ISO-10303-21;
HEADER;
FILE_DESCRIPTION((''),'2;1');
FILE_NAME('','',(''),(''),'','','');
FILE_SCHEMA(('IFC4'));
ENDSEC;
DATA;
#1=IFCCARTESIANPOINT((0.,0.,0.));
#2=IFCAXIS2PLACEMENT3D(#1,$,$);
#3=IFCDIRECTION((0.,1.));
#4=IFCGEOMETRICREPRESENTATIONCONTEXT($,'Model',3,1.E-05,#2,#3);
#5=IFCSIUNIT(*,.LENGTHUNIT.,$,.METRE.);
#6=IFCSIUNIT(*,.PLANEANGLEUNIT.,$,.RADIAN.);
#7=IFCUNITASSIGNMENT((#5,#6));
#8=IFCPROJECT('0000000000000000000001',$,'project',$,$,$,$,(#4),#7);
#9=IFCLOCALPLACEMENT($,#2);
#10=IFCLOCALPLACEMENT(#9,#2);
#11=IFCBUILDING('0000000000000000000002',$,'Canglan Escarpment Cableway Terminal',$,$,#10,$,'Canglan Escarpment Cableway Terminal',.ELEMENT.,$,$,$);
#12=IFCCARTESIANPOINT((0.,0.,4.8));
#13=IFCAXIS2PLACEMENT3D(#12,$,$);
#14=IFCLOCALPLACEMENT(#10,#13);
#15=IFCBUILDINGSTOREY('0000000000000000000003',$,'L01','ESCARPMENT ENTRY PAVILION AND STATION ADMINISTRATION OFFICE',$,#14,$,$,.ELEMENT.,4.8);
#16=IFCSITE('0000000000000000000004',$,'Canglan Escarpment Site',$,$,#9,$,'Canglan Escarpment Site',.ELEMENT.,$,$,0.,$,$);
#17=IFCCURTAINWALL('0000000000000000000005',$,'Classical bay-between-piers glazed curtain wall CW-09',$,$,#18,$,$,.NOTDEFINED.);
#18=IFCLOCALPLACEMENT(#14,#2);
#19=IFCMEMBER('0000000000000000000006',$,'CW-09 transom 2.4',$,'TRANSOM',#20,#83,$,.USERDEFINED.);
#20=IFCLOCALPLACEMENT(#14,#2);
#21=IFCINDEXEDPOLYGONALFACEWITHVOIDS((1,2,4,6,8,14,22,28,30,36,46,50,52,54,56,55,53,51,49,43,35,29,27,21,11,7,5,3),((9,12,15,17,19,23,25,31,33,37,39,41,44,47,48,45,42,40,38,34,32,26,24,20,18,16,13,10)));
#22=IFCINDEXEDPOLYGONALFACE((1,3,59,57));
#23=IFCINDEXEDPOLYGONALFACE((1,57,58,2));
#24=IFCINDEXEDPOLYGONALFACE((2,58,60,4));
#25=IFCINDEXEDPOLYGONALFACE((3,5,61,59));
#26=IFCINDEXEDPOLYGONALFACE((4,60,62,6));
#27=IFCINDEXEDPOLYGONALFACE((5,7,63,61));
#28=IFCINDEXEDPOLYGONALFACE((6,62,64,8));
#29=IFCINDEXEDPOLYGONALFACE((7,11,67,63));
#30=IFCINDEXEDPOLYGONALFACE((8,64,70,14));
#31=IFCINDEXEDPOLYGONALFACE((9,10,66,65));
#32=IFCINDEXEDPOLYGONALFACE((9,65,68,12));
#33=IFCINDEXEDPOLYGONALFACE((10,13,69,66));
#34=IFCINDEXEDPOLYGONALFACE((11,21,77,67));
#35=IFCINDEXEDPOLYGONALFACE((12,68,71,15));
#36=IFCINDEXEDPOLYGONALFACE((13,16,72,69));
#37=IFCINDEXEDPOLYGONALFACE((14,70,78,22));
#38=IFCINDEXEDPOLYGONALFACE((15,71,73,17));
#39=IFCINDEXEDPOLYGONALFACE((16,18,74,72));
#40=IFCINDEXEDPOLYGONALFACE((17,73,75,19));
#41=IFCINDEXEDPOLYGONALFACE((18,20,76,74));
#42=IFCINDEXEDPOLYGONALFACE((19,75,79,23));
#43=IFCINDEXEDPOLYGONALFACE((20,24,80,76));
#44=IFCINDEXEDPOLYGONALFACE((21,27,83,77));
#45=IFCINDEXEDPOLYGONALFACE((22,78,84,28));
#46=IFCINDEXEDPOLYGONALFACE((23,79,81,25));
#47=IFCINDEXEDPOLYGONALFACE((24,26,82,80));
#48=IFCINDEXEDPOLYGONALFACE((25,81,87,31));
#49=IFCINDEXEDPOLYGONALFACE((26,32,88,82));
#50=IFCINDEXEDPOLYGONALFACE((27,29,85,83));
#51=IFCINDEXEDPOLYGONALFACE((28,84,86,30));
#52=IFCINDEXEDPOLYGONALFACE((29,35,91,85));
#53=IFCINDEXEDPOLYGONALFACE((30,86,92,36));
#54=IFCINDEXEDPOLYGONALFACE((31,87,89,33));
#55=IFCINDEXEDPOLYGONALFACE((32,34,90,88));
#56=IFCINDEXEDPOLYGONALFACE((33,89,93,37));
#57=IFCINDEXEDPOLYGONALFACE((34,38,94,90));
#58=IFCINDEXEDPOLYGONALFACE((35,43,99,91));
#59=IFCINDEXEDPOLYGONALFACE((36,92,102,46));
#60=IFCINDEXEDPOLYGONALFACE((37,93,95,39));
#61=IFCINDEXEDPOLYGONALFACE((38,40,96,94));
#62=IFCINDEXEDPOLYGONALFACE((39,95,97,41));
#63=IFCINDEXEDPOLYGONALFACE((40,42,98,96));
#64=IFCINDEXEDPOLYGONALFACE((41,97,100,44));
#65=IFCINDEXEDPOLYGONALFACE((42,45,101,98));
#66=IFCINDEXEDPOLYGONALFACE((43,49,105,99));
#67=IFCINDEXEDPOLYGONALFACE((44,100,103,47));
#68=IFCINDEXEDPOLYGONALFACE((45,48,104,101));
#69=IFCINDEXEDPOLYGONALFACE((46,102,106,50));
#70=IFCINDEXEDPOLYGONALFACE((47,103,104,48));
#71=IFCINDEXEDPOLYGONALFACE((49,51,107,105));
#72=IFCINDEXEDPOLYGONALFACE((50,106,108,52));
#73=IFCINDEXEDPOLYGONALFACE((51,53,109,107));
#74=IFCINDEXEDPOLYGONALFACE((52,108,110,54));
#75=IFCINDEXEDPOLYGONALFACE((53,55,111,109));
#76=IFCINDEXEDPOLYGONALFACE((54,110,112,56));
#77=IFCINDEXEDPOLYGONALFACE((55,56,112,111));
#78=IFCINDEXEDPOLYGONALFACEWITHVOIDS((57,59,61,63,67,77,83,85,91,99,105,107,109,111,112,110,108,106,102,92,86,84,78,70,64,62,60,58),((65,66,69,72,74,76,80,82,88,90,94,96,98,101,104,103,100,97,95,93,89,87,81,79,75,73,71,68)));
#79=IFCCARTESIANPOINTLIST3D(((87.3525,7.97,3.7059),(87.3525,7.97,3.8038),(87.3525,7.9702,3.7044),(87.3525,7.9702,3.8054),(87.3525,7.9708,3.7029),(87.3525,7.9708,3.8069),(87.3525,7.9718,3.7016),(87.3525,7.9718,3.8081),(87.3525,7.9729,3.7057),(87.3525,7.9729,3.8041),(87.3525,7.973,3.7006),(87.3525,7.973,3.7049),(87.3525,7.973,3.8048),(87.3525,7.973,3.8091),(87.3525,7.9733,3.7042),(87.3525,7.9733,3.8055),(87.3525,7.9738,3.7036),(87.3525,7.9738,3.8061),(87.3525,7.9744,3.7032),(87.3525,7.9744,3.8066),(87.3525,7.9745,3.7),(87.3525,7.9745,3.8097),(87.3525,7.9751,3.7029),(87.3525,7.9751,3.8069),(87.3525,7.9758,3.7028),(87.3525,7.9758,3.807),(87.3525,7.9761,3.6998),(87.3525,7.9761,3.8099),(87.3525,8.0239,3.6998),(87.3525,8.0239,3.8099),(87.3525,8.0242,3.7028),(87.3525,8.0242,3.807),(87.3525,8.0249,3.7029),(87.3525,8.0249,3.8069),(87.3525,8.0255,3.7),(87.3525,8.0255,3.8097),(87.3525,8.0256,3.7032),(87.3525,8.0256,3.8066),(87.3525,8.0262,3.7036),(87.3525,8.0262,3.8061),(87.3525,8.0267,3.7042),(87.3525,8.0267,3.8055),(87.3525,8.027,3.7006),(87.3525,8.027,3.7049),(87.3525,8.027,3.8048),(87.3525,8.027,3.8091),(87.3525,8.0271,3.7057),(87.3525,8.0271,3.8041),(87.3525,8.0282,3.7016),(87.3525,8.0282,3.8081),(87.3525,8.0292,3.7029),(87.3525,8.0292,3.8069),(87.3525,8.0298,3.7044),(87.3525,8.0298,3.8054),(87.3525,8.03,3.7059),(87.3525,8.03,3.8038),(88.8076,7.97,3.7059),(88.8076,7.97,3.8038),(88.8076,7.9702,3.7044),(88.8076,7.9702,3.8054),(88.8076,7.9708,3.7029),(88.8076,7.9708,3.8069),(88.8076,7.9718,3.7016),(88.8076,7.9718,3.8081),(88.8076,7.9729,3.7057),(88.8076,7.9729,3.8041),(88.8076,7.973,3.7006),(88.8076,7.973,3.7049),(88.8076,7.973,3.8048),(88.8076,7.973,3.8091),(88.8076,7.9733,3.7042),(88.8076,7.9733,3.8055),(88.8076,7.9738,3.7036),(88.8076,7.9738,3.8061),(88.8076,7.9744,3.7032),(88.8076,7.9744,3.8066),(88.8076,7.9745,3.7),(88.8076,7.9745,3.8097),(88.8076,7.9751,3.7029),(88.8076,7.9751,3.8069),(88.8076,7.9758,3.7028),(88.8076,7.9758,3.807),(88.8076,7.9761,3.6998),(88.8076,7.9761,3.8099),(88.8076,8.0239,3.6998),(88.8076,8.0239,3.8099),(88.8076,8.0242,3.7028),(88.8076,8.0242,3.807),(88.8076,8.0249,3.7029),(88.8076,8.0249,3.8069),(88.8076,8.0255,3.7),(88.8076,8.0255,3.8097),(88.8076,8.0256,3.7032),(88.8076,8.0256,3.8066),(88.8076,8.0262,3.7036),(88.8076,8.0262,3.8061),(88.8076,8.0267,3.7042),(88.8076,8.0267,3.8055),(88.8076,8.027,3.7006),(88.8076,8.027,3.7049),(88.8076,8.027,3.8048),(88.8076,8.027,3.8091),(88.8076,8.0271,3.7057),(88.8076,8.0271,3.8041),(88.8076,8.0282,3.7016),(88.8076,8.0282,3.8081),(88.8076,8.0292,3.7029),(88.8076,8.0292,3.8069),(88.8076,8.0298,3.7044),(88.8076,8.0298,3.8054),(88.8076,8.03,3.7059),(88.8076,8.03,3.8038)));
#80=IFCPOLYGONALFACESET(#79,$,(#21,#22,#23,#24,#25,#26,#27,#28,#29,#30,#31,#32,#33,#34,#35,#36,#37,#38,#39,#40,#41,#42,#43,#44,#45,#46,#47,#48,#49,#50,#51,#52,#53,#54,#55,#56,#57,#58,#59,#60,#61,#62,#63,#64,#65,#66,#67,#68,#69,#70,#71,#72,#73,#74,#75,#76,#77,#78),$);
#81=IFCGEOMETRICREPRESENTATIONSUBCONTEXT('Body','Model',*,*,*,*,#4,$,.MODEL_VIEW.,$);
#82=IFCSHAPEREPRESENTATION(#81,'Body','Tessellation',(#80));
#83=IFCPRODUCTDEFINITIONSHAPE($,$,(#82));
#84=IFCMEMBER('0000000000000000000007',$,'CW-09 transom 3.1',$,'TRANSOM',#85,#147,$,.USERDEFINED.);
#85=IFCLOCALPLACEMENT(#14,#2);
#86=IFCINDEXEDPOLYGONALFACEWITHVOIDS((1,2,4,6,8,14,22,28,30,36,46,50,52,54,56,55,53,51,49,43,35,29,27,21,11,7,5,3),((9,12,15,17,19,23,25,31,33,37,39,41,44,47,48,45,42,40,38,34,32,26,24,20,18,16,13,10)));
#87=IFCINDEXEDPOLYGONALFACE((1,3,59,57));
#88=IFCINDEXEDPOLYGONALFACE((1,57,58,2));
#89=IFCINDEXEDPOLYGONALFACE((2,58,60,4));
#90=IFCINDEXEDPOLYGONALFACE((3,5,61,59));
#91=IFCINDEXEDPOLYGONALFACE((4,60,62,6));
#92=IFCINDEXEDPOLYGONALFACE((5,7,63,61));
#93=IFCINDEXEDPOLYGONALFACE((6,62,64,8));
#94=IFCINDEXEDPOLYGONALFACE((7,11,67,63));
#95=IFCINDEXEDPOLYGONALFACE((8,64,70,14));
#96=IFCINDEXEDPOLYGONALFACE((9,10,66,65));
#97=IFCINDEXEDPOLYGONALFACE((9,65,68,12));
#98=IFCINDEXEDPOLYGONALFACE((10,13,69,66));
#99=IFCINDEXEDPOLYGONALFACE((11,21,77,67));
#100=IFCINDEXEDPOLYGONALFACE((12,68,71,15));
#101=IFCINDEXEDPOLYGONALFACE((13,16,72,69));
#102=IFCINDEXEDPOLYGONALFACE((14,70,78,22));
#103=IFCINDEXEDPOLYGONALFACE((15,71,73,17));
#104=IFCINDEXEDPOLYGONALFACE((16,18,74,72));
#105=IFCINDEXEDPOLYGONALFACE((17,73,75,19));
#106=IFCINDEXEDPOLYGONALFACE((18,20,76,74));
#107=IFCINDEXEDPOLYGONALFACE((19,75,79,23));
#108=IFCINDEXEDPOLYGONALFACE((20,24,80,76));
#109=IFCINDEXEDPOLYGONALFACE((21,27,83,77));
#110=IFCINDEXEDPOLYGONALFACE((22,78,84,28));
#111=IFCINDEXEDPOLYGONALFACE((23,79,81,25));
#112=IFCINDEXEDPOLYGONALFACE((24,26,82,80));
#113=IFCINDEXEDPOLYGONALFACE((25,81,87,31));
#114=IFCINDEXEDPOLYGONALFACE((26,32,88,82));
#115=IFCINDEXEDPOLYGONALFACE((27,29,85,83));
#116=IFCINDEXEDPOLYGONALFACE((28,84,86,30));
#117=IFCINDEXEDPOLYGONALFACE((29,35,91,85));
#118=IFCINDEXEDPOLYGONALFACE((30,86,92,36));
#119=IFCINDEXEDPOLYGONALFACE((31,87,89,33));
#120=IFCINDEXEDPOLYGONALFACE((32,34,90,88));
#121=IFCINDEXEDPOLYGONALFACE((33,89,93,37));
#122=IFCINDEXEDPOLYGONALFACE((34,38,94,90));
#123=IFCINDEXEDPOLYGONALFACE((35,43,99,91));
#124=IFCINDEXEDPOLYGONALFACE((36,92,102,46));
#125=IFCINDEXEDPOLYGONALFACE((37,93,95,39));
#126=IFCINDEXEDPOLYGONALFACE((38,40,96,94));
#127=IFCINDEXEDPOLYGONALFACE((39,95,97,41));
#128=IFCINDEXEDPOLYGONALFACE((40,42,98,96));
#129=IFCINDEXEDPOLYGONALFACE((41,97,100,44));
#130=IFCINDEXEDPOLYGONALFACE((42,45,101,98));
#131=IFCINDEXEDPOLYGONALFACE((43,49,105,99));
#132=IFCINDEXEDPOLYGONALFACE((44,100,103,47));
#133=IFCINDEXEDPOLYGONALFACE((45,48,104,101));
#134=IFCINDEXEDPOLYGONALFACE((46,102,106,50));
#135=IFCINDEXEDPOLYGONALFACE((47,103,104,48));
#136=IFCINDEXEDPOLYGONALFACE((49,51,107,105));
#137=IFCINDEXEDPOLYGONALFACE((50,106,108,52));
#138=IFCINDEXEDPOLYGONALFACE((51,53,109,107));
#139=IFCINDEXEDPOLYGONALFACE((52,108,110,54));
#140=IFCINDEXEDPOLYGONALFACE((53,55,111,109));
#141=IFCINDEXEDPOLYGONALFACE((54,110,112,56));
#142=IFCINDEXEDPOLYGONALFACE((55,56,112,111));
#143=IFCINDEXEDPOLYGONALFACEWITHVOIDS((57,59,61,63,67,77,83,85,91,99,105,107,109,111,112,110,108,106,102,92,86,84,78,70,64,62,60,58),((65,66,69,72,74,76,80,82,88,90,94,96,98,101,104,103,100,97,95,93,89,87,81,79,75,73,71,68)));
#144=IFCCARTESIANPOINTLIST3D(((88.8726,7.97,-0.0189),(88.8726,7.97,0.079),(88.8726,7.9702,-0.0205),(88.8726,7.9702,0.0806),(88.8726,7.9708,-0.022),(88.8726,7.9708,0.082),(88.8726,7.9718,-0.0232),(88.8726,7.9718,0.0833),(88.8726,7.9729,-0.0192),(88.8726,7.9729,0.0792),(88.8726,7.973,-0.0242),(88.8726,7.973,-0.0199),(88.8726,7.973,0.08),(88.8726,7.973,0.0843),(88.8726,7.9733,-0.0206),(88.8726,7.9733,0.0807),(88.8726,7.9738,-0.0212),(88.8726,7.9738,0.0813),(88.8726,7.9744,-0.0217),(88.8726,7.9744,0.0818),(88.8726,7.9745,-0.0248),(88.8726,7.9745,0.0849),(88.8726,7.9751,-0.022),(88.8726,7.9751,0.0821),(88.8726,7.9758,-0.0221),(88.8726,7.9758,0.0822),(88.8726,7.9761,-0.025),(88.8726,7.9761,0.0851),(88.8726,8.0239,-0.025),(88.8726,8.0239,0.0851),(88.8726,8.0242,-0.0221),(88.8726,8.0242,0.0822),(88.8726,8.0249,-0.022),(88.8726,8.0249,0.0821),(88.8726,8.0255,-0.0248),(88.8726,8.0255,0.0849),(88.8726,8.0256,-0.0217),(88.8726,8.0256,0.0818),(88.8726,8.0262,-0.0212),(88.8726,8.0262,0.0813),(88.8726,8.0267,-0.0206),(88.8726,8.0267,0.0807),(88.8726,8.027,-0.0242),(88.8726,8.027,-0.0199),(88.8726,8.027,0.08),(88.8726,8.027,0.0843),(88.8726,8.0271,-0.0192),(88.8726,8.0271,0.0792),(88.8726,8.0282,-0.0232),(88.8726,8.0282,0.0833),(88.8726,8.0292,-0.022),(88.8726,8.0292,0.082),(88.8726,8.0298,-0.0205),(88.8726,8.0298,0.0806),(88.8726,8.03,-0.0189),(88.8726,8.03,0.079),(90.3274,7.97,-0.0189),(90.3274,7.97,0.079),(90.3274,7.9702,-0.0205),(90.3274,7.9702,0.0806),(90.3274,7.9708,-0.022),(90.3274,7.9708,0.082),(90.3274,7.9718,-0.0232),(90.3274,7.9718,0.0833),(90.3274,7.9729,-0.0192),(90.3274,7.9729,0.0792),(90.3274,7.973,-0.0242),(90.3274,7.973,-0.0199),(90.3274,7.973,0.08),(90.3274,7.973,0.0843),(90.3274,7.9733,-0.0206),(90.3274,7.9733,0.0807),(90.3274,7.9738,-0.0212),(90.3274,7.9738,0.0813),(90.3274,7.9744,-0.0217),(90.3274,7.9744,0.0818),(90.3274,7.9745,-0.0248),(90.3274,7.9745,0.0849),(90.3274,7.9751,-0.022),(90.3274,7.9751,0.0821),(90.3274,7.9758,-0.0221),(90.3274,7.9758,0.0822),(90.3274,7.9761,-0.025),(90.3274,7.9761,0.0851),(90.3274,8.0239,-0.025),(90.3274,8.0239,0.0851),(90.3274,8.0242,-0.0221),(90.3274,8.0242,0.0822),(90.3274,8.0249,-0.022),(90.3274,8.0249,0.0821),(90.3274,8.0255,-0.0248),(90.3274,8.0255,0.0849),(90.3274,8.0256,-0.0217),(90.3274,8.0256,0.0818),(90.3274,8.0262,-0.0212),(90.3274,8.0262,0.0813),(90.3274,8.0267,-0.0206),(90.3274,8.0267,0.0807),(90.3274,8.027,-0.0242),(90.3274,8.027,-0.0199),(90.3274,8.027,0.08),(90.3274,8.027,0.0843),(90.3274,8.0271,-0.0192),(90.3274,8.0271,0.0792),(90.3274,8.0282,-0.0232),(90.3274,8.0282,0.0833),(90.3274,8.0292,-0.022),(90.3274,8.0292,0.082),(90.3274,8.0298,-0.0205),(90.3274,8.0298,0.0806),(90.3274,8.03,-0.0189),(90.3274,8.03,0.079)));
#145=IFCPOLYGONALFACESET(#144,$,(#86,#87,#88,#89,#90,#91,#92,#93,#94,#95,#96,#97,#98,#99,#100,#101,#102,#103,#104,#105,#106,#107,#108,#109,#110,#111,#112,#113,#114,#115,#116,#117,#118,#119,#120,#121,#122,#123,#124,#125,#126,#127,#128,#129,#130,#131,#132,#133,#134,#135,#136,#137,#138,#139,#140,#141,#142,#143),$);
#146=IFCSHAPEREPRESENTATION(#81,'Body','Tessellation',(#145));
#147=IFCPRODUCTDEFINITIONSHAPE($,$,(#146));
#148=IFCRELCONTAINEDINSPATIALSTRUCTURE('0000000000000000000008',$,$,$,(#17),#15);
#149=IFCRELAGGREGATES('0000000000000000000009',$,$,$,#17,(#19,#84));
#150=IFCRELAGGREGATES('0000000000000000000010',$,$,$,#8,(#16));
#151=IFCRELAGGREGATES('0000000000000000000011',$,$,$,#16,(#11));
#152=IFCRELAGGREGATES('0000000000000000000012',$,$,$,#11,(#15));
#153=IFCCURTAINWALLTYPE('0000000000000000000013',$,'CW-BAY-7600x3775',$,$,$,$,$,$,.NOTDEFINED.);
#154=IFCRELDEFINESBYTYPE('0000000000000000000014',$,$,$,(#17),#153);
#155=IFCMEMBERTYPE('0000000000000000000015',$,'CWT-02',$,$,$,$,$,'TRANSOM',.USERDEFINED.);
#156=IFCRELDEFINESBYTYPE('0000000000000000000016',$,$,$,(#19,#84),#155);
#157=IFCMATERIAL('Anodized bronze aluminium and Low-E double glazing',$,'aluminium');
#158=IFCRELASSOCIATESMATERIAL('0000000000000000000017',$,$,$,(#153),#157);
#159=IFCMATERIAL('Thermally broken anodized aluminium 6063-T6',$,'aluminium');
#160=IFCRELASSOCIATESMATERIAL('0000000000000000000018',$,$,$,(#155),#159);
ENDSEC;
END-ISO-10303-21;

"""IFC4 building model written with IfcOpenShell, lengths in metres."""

from ifc_helpers import new_model, si_unit, direction, frame, origin, origin_2d, place, context, subcontext, project, spatial, hollow_rectangle, extrude, material, material_profile, profile_set, type_object, element, aggregate, save


model = new_model("IFC4")

# Units and contexts
model_context = context("Model", 3, precision=1e-05, world=origin(), true_north=direction((0.0, 1.0)))
body_context = subcontext(model_context, "Body", "Model", "MODEL_VIEW")
ifc_project = project(units=[si_unit("LENGTHUNIT", "METRE"), si_unit("PLANEANGLEUNIT", "RADIAN")], contexts=[model_context])

# Site, building, storey
site_placement = place(None, origin())
site = spatial("IfcSite", under=ifc_project, at=site_placement, Name="Canglan Escarpment Site", LongName="Canglan Escarpment Site", CompositionType="ELEMENT", RefElevation=0.0)
building_placement = place(site_placement, origin())
building = spatial("IfcBuilding", under=site, at=building_placement, Name="Canglan Escarpment Cableway Terminal", LongName="Canglan Escarpment Cableway Terminal", CompositionType="ELEMENT")
storey_placement = place(building_placement, frame((0.0, 0.0, 4.8)))
storey = spatial("IfcBuildingStorey", under=building, at=storey_placement, Name="L01", Description="ESCARPMENT ENTRY PAVILION AND STATION ADMINISTRATION OFFICE", CompositionType="ELEMENT", Elevation=4.8)

# Curtain wall, members
ifc_material_1 = material(Name="Anodized bronze aluminium and Low-E double glazing", Category="aluminium")
curtain_wall_type = type_object("IfcCurtainWallType", Name="CW-BAY-7600x3775", PredefinedType="NOTDEFINED", material=ifc_material_1)
curtain_wall_placement = place(storey_placement, origin())
curtain_wall = element("IfcCurtainWall", 1, at=curtain_wall_placement, inside=storey, type_object=curtain_wall_type, Name="Classical bay-between-piers glazed curtain wall CW-09", PredefinedType="NOTDEFINED")
ifc_material_2 = material(Name="Thermally broken anodized aluminium 6063-T6", Category="aluminium")
ifc_material_profile_1 = material_profile(ifc_material_2, hollow_rectangle(XDim=0.0601, YDim=0.1101, WallThickness=0.0029, InnerFilletRadius=0.0029, OuterFilletRadius=0.0061, at=origin_2d()), Name="ALU-TRAN 60x110x3")
ifc_profile_set_1 = profile_set([ifc_material_profile_1], Name="Thermally broken anodized aluminium 6063-T6")
member_type_1 = type_object("IfcMemberType", Name="CWT-02", ElementType="TRANSOM", PredefinedType="USERDEFINED", material=ifc_profile_set_1)
member_1_placement = place(storey_placement, frame((87.3525, 8.0, 3.7549), z_axis=(1.0, 0.0, 0.0), x_axis=(0.0, 1.0, 0.0)))
member_1 = element("IfcMember", 2, at=member_1_placement, type_object=member_type_1, Name="CW-09 transom 2.4", ObjectType="TRANSOM", PredefinedType="USERDEFINED", context=body_context, shape_type="SweptSolid", body=[
    extrude(hollow_rectangle(XDim=0.0601, YDim=0.1101, WallThickness=0.0029, InnerFilletRadius=0.0029, OuterFilletRadius=0.0061, at=origin_2d()), origin(), (0.0, 0.0, 1.0), 1.4551),
])
member_2_placement = place(storey_placement, frame((88.8726, 8.0, 0.03), z_axis=(1.0, 0.0, 0.0), x_axis=(0.0, 1.0, 0.0)))
member_2 = element("IfcMember", 3, at=member_2_placement, type_object=member_type_1, Name="CW-09 transom 3.1", ObjectType="TRANSOM", PredefinedType="USERDEFINED", context=body_context, shape_type="SweptSolid", body=[
    extrude(hollow_rectangle(XDim=0.0601, YDim=0.1101, WallThickness=0.0029, InnerFilletRadius=0.0029, OuterFilletRadius=0.0061, at=origin_2d()), origin(), (0.0, 0.0, 1.0), 1.4548),
])
aggregate(curtain_wall, [member_1, member_2])

save(model, "model.ifc")
